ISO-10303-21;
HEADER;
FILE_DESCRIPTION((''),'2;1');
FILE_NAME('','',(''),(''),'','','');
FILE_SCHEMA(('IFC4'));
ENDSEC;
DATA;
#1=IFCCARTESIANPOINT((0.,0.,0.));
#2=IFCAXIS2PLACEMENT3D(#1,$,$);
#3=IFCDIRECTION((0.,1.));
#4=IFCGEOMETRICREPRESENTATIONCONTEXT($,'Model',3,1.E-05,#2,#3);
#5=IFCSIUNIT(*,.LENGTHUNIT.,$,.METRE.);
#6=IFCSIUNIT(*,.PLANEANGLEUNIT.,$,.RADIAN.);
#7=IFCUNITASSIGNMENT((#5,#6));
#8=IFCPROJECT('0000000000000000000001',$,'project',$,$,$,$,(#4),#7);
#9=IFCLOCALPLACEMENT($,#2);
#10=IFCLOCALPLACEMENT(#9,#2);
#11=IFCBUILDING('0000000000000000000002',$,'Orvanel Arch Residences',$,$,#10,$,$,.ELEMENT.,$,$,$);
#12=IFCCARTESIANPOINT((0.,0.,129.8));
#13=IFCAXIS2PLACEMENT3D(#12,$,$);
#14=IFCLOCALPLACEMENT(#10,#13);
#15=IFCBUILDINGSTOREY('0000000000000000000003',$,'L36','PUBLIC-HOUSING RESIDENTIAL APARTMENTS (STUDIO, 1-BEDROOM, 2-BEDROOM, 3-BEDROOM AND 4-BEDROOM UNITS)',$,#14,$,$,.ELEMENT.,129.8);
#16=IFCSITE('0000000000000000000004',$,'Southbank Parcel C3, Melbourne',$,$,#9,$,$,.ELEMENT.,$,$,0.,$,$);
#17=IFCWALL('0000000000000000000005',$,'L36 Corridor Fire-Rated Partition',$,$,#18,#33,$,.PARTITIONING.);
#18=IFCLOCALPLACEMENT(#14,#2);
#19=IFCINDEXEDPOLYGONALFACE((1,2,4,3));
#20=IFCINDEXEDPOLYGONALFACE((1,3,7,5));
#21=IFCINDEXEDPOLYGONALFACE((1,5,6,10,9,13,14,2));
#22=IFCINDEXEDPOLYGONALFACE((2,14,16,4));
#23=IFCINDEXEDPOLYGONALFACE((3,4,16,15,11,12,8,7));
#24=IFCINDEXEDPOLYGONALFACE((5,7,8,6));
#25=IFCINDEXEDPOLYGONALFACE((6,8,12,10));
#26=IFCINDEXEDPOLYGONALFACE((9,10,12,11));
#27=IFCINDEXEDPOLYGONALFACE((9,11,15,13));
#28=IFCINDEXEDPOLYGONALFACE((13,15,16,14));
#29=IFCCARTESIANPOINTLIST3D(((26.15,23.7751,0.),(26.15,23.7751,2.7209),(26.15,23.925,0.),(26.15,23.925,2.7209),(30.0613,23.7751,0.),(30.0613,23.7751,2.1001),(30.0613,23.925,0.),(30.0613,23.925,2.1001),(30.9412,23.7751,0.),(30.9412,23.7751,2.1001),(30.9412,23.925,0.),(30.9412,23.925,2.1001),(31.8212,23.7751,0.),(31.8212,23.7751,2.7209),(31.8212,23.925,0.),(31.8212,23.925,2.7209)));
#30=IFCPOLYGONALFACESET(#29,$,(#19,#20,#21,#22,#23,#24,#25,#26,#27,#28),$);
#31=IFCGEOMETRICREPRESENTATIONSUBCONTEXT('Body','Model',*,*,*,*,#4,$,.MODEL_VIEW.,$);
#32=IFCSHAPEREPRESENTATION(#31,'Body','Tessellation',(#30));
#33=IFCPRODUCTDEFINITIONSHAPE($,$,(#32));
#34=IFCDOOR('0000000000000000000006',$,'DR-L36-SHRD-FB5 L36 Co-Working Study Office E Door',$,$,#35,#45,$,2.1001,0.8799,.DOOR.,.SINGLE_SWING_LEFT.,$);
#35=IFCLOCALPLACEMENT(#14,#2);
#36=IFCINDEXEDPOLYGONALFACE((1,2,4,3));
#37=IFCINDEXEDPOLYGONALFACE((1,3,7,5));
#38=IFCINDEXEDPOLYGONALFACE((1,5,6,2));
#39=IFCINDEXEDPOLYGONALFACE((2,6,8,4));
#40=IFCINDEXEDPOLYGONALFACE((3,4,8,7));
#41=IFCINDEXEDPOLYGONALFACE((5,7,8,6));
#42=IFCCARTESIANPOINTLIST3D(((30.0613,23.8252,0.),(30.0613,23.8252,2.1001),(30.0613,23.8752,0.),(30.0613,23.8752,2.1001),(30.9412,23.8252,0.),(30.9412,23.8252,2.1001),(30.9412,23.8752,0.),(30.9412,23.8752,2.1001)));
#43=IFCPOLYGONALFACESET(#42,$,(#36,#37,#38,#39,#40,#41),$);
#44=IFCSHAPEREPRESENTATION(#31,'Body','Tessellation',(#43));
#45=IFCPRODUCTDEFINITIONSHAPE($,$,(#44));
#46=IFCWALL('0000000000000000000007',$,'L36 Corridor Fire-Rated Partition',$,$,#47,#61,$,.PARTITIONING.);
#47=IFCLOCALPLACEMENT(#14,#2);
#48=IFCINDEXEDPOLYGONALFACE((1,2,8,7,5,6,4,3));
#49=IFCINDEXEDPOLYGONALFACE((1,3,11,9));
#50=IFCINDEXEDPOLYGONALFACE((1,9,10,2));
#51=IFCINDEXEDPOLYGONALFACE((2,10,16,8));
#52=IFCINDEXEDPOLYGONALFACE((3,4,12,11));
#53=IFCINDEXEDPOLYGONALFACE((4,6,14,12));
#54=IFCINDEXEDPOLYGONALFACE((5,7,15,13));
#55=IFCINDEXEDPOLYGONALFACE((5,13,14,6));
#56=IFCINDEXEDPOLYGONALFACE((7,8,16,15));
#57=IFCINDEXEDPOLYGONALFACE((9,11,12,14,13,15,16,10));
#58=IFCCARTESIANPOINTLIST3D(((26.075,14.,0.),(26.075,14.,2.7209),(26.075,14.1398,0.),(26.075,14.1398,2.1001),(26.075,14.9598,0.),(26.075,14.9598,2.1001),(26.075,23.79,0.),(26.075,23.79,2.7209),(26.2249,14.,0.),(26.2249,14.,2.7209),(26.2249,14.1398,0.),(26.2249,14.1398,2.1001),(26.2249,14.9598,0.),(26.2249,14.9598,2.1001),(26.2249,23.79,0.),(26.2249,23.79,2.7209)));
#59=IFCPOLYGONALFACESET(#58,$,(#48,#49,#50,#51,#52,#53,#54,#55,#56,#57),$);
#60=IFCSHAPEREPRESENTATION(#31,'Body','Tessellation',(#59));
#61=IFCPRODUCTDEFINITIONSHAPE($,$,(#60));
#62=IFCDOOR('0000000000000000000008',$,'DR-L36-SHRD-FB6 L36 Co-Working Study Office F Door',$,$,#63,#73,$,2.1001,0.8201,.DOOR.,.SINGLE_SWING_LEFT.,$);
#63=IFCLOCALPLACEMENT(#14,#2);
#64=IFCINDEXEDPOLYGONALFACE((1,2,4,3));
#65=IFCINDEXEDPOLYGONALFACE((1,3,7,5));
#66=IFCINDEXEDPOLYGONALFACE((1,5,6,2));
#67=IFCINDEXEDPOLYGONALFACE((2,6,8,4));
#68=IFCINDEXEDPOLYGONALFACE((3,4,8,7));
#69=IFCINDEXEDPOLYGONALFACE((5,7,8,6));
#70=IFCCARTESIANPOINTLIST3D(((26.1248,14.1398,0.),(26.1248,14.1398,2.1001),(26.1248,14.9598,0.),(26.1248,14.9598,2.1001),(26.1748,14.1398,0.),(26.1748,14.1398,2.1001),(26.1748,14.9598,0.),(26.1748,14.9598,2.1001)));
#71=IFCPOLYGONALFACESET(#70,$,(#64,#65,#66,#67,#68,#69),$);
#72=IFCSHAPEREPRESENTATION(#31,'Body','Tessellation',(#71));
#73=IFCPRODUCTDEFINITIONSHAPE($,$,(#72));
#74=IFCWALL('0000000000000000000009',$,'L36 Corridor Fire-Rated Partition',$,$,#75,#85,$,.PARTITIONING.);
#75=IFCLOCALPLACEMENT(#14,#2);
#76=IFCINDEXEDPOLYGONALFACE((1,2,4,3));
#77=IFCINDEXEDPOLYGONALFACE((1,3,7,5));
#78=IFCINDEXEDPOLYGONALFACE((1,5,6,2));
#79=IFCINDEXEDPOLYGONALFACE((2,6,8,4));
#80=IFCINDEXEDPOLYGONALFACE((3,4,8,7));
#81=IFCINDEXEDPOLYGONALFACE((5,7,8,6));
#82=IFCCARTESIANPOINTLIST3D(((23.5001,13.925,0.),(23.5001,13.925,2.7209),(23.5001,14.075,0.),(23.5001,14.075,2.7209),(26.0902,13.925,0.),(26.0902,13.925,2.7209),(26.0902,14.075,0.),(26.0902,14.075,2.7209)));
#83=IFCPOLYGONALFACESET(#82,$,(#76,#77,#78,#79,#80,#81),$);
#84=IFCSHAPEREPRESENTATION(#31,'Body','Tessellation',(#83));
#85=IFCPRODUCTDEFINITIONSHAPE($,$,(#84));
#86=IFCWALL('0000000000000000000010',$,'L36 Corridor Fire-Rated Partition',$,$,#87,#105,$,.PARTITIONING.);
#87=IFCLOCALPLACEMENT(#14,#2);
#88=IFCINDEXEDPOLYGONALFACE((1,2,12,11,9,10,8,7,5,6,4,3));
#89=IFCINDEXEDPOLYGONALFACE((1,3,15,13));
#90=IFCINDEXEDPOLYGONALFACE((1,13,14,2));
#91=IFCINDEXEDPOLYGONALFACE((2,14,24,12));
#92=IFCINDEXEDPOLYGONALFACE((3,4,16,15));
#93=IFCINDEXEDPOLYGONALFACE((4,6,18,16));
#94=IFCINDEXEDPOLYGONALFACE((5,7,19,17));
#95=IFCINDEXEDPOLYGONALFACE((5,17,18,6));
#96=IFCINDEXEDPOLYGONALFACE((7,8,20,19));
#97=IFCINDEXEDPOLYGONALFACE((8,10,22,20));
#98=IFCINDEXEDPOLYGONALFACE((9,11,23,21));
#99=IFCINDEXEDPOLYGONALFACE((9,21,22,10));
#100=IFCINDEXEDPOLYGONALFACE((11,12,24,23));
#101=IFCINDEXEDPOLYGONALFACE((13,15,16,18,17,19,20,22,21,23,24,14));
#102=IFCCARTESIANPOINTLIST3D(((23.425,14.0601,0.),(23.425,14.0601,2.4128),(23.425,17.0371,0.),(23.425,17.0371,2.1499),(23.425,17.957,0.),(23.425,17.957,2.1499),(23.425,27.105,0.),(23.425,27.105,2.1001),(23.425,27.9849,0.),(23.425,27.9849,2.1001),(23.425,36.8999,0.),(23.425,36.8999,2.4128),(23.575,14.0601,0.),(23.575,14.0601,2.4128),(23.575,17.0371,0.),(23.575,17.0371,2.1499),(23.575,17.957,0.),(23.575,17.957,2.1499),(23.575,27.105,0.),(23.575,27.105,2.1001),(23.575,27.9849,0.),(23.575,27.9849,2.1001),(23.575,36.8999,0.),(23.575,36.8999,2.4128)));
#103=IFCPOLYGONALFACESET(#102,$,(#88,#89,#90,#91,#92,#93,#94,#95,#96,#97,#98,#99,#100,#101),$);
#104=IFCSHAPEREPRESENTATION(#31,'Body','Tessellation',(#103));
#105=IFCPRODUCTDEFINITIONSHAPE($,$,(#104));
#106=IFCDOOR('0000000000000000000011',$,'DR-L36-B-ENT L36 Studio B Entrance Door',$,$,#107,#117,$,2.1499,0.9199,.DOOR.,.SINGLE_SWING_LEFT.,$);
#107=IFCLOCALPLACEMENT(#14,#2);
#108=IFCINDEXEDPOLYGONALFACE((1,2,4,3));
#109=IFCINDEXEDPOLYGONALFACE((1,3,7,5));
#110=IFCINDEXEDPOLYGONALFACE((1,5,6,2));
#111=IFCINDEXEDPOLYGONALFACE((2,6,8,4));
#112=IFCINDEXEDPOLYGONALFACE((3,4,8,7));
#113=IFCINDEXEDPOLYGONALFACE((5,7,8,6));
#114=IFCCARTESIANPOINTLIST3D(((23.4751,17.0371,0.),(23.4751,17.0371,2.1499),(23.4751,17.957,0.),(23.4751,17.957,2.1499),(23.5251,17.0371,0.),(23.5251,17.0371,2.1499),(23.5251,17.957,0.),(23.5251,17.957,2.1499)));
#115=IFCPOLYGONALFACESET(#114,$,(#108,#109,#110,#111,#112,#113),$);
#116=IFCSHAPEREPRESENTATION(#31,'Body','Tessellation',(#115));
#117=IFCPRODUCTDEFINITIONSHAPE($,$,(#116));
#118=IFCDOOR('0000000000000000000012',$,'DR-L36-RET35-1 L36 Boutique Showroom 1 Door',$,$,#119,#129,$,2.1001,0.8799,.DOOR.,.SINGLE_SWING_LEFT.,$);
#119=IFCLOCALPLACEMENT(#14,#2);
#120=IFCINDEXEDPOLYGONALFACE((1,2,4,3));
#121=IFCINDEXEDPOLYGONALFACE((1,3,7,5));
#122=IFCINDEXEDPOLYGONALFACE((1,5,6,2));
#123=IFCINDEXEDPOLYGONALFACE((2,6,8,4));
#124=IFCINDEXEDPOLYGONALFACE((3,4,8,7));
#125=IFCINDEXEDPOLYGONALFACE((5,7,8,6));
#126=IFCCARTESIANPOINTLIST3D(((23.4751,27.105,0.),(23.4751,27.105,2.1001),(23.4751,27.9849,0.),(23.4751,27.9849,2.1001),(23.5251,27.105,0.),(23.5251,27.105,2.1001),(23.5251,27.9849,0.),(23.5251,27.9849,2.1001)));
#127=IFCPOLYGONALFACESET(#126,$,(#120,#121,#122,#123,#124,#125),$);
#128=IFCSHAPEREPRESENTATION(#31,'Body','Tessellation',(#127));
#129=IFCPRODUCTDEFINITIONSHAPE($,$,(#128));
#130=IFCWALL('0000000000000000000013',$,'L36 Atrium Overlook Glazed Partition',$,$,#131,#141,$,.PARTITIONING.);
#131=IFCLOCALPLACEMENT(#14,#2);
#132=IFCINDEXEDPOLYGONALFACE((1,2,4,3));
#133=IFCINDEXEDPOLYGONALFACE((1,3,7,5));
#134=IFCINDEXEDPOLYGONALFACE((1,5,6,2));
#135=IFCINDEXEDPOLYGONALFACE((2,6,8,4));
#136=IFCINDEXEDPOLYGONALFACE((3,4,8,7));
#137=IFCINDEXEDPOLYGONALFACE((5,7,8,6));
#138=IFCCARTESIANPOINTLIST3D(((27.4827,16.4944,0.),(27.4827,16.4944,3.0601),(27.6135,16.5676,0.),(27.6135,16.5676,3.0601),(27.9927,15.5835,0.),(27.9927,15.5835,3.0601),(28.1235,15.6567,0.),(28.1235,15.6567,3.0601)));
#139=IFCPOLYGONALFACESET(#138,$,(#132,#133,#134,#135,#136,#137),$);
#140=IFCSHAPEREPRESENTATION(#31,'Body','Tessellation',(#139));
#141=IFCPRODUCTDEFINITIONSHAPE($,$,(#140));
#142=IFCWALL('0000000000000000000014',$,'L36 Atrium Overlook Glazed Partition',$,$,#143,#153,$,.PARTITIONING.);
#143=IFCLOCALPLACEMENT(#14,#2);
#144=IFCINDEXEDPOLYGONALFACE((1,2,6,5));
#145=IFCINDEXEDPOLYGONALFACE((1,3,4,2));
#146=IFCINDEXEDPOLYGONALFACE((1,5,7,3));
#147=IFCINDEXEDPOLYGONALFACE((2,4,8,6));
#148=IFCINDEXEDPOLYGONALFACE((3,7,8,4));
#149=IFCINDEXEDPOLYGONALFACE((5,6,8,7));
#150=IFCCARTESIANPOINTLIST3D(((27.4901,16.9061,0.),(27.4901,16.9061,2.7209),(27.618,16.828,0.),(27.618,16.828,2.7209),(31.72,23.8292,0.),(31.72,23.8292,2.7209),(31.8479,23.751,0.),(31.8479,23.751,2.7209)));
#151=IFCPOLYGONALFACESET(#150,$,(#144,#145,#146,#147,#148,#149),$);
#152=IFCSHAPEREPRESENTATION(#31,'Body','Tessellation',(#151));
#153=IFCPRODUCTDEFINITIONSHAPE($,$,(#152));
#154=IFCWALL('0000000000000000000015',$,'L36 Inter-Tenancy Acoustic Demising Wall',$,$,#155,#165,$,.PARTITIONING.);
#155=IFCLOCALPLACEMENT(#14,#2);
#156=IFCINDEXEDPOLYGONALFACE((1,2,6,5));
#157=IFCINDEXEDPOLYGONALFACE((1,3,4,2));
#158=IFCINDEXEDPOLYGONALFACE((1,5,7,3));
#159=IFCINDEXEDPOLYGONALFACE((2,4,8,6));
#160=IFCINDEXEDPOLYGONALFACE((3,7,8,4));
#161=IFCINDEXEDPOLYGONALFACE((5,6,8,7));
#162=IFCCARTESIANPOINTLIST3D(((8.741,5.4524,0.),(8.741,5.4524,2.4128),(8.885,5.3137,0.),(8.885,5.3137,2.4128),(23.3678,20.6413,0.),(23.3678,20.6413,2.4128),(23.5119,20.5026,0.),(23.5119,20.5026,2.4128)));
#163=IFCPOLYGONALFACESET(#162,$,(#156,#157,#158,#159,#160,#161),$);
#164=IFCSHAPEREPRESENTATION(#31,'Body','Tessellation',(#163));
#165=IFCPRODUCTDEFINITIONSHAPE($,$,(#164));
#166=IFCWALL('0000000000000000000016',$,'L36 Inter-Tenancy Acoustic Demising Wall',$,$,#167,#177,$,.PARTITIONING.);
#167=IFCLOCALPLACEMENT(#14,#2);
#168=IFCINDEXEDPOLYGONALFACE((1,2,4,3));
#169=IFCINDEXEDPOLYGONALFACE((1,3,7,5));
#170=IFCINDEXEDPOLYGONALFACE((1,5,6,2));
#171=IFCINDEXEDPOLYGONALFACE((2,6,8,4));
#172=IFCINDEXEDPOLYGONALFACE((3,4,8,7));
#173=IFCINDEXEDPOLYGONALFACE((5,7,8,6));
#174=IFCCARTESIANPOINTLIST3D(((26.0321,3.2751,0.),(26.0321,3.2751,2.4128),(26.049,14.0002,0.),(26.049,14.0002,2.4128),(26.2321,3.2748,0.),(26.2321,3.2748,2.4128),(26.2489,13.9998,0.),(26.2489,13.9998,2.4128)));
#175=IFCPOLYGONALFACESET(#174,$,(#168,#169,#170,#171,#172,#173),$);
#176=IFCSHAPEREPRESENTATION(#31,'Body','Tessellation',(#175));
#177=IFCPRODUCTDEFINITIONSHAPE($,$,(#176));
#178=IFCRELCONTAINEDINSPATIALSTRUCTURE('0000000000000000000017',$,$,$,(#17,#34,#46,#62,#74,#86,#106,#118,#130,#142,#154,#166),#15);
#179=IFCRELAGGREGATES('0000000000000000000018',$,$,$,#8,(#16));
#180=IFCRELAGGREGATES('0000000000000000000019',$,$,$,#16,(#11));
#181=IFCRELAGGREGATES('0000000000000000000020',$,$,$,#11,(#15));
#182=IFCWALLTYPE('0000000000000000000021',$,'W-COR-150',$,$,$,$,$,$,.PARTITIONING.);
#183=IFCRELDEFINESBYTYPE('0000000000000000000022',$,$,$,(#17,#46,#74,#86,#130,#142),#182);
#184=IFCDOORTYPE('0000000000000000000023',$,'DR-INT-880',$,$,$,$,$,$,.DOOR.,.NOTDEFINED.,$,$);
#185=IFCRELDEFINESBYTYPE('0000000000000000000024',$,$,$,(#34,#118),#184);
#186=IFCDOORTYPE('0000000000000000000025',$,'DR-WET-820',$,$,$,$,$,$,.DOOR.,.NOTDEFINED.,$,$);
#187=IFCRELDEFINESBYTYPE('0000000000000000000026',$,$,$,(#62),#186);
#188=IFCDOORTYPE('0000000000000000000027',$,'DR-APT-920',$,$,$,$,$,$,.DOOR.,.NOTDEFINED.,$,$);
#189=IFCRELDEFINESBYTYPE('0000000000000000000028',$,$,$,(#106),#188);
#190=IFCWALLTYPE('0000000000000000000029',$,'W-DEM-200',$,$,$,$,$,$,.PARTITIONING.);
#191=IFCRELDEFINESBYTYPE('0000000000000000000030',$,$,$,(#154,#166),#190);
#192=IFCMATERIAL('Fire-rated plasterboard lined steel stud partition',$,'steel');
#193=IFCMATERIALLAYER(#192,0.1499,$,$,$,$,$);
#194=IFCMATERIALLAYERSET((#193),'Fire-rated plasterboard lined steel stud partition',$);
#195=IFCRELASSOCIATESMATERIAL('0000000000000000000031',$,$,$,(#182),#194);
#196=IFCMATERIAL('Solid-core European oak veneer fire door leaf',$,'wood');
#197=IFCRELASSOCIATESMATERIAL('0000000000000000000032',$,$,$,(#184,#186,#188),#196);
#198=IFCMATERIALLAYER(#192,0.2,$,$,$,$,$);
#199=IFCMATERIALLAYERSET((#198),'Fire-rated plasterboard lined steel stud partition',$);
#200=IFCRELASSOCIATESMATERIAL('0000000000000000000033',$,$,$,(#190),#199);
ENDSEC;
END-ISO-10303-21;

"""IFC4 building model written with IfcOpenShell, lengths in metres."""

from ifc_helpers import new_model, si_unit, direction, frame, frame_2d, origin, place, context, subcontext, project, spatial, rectangle, extrude, material, layer, layer_set, type_object, element, fill, save


model = new_model("IFC4")

# Units and contexts
model_context = context("Model", 3, precision=1e-05, world=origin(), true_north=direction((0.0, 1.0)))
body_context = subcontext(model_context, "Body", "Model", "MODEL_VIEW")
ifc_project = project(units=[si_unit("LENGTHUNIT", "METRE"), si_unit("PLANEANGLEUNIT", "RADIAN")], contexts=[model_context])

# Site, building, storey
site_placement = place(None, origin())
site = spatial("IfcSite", under=ifc_project, at=site_placement, Name="Southbank Parcel C3, Melbourne", CompositionType="ELEMENT", RefElevation=0.0)
building_placement = place(site_placement, origin())
building = spatial("IfcBuilding", under=site, at=building_placement, Name="Orvanel Arch Residences", CompositionType="ELEMENT")
storey_placement = place(building_placement, frame((0.0, 0.0, 129.8)))
storey = spatial("IfcBuildingStorey", under=building, at=storey_placement, Name="L36", Description="PUBLIC-HOUSING RESIDENTIAL APARTMENTS (STUDIO, 1-BEDROOM, 2-BEDROOM, 3-BEDROOM AND 4-BEDROOM UNITS)", CompositionType="ELEMENT", Elevation=129.8)

# Walls, openings, doors
ifc_material_1 = material(Name="Fire-rated plasterboard lined steel stud partition", Category="steel")
ifc_layer_1 = layer(ifc_material_1, 0.1499)
ifc_layer_set_1 = layer_set([ifc_layer_1], Name="Fire-rated plasterboard lined steel stud partition")
wall_type_1 = type_object("IfcWallType", Name="W-COR-150", PredefinedType="PARTITIONING", material=ifc_layer_set_1)
wall_1_placement = place(storey_placement, frame((31.821, 23.8501, 0.0), z_axis=(0.0, 0.0, 1.0), x_axis=(-1.0, 0.0, 0.0)))
wall_1 = element("IfcWall", 1, at=wall_1_placement, inside=storey, type_object=wall_type_1, Name="L36 Corridor Fire-Rated Partition", PredefinedType="PARTITIONING", context=body_context, shape_type="SweptSolid", body=[
    extrude(rectangle(XDim=5.6711, YDim=0.1499, at=frame_2d((2.8354, 0.0))), origin(), (0.0, 0.0, 1.0), 2.7209),
])
opening_1_placement = place(wall_1_placement, frame((0.8799, 0.0, 0.0)))
opening_1 = element("IfcOpeningElement", 2, at=opening_1_placement, cuts=wall_1, PredefinedType="OPENING", context=body_context, shape_type="SweptSolid", body=[
    extrude(rectangle(XDim=0.8799, YDim=2.1001, at=frame_2d((0.4399, 1.05))), frame((0.0, 0.085, 0.0), z_axis=(0.0, -1.0, 0.0), x_axis=(1.0, 0.0, 0.0)), (0.0, 0.0, 1.0), 0.1699),
])
ifc_material_2 = material(Name="Solid-core European oak veneer fire door leaf", Category="wood")
door_type_1 = type_object("IfcDoorType", Name="DR-INT-880", OperationType="NOTDEFINED", PredefinedType="DOOR", material=ifc_material_2)
door_1_placement = place(opening_1_placement, origin())
door_1 = element("IfcDoor", 3, at=door_1_placement, inside=storey, type_object=door_type_1, Name="DR-L36-SHRD-FB5 L36 Co-Working Study Office E Door", OperationType="SINGLE_SWING_LEFT", OverallHeight=2.1001, OverallWidth=0.8799, PredefinedType="DOOR", context=body_context, shape_type="SweptSolid", body=[
    extrude(rectangle(XDim=0.8799, YDim=2.1001, at=frame_2d((0.4399, 1.05))), frame((0.0, 0.0249, 0.0), z_axis=(0.0, -1.0, 0.0), x_axis=(1.0, 0.0, 0.0)), (0.0, 0.0, 1.0), 0.05),
])
fill(opening_1, door_1)
wall_2_placement = place(storey_placement, frame((26.1499, 23.79, 0.0), z_axis=(0.0, 0.0, 1.0), x_axis=(0.0, -1.0, 0.0)))
wall_2 = element("IfcWall", 4, at=wall_2_placement, inside=storey, type_object=wall_type_1, Name="L36 Corridor Fire-Rated Partition", PredefinedType="PARTITIONING", context=body_context, shape_type="SweptSolid", body=[
    extrude(rectangle(XDim=9.79, YDim=0.1499, at=frame_2d((4.895, 0.0))), origin(), (0.0, 0.0, 1.0), 2.7209),
])
opening_2_placement = place(wall_2_placement, frame((8.8301, 0.0, 0.0)))
opening_2 = element("IfcOpeningElement", 5, at=opening_2_placement, cuts=wall_2, PredefinedType="OPENING", context=body_context, shape_type="SweptSolid", body=[
    extrude(rectangle(XDim=0.8201, YDim=2.1001, at=frame_2d((0.4102, 1.05))), frame((0.0, 0.085, 0.0), z_axis=(0.0, -1.0, 0.0), x_axis=(1.0, 0.0, 0.0)), (0.0, 0.0, 1.0), 0.1699),
])
door_type_2 = type_object("IfcDoorType", Name="DR-WET-820", OperationType="NOTDEFINED", PredefinedType="DOOR", material=ifc_material_2)
door_2_placement = place(opening_2_placement, origin())
door_2 = element("IfcDoor", 6, at=door_2_placement, inside=storey, type_object=door_type_2, Name="DR-L36-SHRD-FB6 L36 Co-Working Study Office F Door", OperationType="SINGLE_SWING_LEFT", OverallHeight=2.1001, OverallWidth=0.8201, PredefinedType="DOOR", context=body_context, shape_type="SweptSolid", body=[
    extrude(rectangle(XDim=0.8201, YDim=2.1001, at=frame_2d((0.4102, 1.05))), frame((0.0, 0.0249, 0.0), z_axis=(0.0, -1.0, 0.0), x_axis=(1.0, 0.0, 0.0)), (0.0, 0.0, 1.0), 0.05),
])
fill(opening_2, door_2)

# Wall
wall_3_placement = place(storey_placement, frame((26.0901, 14.0, 0.0), z_axis=(0.0, 0.0, 1.0), x_axis=(-1.0, 0.0, 0.0)))
element("IfcWall", 7, at=wall_3_placement, inside=storey, type_object=wall_type_1, Name="L36 Corridor Fire-Rated Partition", PredefinedType="PARTITIONING", context=body_context, shape_type="SweptSolid", body=[
    extrude(rectangle(XDim=2.5901, YDim=0.1499, at=frame_2d((1.2949, 0.0))), origin(), (0.0, 0.0, 1.0), 2.7209),
])

# Wall, openings, doors
wall_4_placement = place(storey_placement, frame((23.5, 14.0601, 0.0), z_axis=(0.0, 0.0, 1.0), x_axis=(0.0, 1.0, 0.0)))
wall_4 = element("IfcWall", 8, at=wall_4_placement, inside=storey, type_object=wall_type_1, Name="L36 Corridor Fire-Rated Partition", PredefinedType="PARTITIONING", context=body_context, shape_type="SweptSolid", body=[
    extrude(rectangle(XDim=22.8398, YDim=0.1499, at=frame_2d((11.4199, 0.0))), origin(), (0.0, 0.0, 1.0), 2.4128),
])
opening_3_placement = place(wall_4_placement, frame((13.0449, 0.0, 0.0)))
opening_3 = element("IfcOpeningElement", 9, at=opening_3_placement, cuts=wall_4, PredefinedType="OPENING", context=body_context, shape_type="SweptSolid", body=[
    extrude(rectangle(XDim=0.8799, YDim=2.1001, at=frame_2d((0.4399, 1.05))), frame((0.0, 0.085, 0.0), z_axis=(0.0, -1.0, 0.0), x_axis=(1.0, 0.0, 0.0)), (0.0, 0.0, 1.0), 0.1699),
])
opening_4_placement = place(wall_4_placement, frame((2.9771, 0.0, 0.0)))
opening_4 = element("IfcOpeningElement", 10, at=opening_4_placement, cuts=wall_4, PredefinedType="OPENING", context=body_context, shape_type="SweptSolid", body=[
    extrude(rectangle(XDim=0.9199, YDim=2.1499, at=frame_2d((0.46, 1.075))), frame((0.0, 0.085, 0.0), z_axis=(0.0, -1.0, 0.0), x_axis=(1.0, 0.0, 0.0)), (0.0, 0.0, 1.0), 0.1699),
])
door_type_3 = type_object("IfcDoorType", Name="DR-APT-920", OperationType="NOTDEFINED", PredefinedType="DOOR", material=ifc_material_2)
door_3_placement = place(opening_4_placement, origin())
door_3 = element("IfcDoor", 11, at=door_3_placement, inside=storey, type_object=door_type_3, Name="DR-L36-B-ENT L36 Studio B Entrance Door", OperationType="SINGLE_SWING_LEFT", OverallHeight=2.1499, OverallWidth=0.9199, PredefinedType="DOOR", context=body_context, shape_type="SweptSolid", body=[
    extrude(rectangle(XDim=0.9199, YDim=2.1499, at=frame_2d((0.46, 1.075))), frame((0.0, 0.0249, 0.0), z_axis=(0.0, -1.0, 0.0), x_axis=(1.0, 0.0, 0.0)), (0.0, 0.0, 1.0), 0.05),
])
fill(opening_4, door_3)
door_4_placement = place(opening_3_placement, origin())
door_4 = element("IfcDoor", 12, at=door_4_placement, inside=storey, type_object=door_type_1, Name="DR-L36-RET35-1 L36 Boutique Showroom 1 Door", OperationType="SINGLE_SWING_LEFT", OverallHeight=2.1001, OverallWidth=0.8799, PredefinedType="DOOR", context=body_context, shape_type="SweptSolid", body=[
    extrude(rectangle(XDim=0.8799, YDim=2.1001, at=frame_2d((0.4399, 1.05))), frame((0.0, 0.0249, 0.0), z_axis=(0.0, -1.0, 0.0), x_axis=(1.0, 0.0, 0.0)), (0.0, 0.0, 1.0), 0.05),
])
fill(opening_3, door_4)

# Walls
wall_5_placement = place(storey_placement, frame((28.0581, 15.6201, 0.0), z_axis=(0.0, 0.0, 1.0), x_axis=(-0.488539, 0.872542, 0.0)))
element("IfcWall", 13, at=wall_5_placement, inside=storey, type_object=wall_type_1, Name="L36 Atrium Overlook Glazed Partition", PredefinedType="PARTITIONING", context=body_context, shape_type="SweptSolid", body=[
    extrude(rectangle(XDim=1.0439, YDim=0.1499, at=frame_2d((0.522, 0.0))), origin(), (0.0, 0.0, 1.0), 3.0601),
])
wall_6_placement = place(storey_placement, frame((27.554, 16.8669, 0.0), z_axis=(0.0, 0.0, 1.0), x_axis=(0.521378, 0.853326, 0.0)))
element("IfcWall", 14, at=wall_6_placement, inside=storey, type_object=wall_type_1, Name="L36 Atrium Overlook Glazed Partition", PredefinedType="PARTITIONING", context=body_context, shape_type="SweptSolid", body=[
    extrude(rectangle(XDim=8.113, YDim=0.1499, at=frame_2d((4.0566, 0.0))), origin(), (0.0, 0.0, 1.0), 2.7209),
])
ifc_layer_2 = layer(ifc_material_1, 0.2)
ifc_layer_set_2 = layer_set([ifc_layer_2], Name="Fire-rated plasterboard lined steel stud partition")
wall_type_2 = type_object("IfcWallType", Name="W-DEM-200", PredefinedType="PARTITIONING", material=ifc_layer_set_2)
wall_7_placement = place(storey_placement, frame((23.4399, 20.572, 0.0), z_axis=(0.0, 0.0, 1.0), x_axis=(-0.693655, -0.720307, 0.0)))
element("IfcWall", 15, at=wall_7_placement, inside=storey, type_object=wall_type_2, Name="L36 Inter-Tenancy Acoustic Demising Wall", PredefinedType="PARTITIONING", context=body_context, shape_type="SweptSolid", body=[
    extrude(rectangle(XDim=21.0867, YDim=0.2, at=frame_2d((10.5435, 0.0))), origin(), (0.0, 0.0, 1.0), 2.4128),
])
wall_8_placement = place(storey_placement, frame((26.1489, 14.0, 0.0), z_axis=(0.0, 0.0, 1.0), x_axis=(-0.001571, -0.999999, 0.0)))
element("IfcWall", 16, at=wall_8_placement, inside=storey, type_object=wall_type_2, Name="L36 Inter-Tenancy Acoustic Demising Wall", PredefinedType="PARTITIONING", context=body_context, shape_type="SweptSolid", body=[
    extrude(rectangle(XDim=10.7251, YDim=0.2, at=frame_2d((5.3625, 0.0))), origin(), (0.0, 0.0, 1.0), 2.4128),
])

save(model, "model.ifc")
